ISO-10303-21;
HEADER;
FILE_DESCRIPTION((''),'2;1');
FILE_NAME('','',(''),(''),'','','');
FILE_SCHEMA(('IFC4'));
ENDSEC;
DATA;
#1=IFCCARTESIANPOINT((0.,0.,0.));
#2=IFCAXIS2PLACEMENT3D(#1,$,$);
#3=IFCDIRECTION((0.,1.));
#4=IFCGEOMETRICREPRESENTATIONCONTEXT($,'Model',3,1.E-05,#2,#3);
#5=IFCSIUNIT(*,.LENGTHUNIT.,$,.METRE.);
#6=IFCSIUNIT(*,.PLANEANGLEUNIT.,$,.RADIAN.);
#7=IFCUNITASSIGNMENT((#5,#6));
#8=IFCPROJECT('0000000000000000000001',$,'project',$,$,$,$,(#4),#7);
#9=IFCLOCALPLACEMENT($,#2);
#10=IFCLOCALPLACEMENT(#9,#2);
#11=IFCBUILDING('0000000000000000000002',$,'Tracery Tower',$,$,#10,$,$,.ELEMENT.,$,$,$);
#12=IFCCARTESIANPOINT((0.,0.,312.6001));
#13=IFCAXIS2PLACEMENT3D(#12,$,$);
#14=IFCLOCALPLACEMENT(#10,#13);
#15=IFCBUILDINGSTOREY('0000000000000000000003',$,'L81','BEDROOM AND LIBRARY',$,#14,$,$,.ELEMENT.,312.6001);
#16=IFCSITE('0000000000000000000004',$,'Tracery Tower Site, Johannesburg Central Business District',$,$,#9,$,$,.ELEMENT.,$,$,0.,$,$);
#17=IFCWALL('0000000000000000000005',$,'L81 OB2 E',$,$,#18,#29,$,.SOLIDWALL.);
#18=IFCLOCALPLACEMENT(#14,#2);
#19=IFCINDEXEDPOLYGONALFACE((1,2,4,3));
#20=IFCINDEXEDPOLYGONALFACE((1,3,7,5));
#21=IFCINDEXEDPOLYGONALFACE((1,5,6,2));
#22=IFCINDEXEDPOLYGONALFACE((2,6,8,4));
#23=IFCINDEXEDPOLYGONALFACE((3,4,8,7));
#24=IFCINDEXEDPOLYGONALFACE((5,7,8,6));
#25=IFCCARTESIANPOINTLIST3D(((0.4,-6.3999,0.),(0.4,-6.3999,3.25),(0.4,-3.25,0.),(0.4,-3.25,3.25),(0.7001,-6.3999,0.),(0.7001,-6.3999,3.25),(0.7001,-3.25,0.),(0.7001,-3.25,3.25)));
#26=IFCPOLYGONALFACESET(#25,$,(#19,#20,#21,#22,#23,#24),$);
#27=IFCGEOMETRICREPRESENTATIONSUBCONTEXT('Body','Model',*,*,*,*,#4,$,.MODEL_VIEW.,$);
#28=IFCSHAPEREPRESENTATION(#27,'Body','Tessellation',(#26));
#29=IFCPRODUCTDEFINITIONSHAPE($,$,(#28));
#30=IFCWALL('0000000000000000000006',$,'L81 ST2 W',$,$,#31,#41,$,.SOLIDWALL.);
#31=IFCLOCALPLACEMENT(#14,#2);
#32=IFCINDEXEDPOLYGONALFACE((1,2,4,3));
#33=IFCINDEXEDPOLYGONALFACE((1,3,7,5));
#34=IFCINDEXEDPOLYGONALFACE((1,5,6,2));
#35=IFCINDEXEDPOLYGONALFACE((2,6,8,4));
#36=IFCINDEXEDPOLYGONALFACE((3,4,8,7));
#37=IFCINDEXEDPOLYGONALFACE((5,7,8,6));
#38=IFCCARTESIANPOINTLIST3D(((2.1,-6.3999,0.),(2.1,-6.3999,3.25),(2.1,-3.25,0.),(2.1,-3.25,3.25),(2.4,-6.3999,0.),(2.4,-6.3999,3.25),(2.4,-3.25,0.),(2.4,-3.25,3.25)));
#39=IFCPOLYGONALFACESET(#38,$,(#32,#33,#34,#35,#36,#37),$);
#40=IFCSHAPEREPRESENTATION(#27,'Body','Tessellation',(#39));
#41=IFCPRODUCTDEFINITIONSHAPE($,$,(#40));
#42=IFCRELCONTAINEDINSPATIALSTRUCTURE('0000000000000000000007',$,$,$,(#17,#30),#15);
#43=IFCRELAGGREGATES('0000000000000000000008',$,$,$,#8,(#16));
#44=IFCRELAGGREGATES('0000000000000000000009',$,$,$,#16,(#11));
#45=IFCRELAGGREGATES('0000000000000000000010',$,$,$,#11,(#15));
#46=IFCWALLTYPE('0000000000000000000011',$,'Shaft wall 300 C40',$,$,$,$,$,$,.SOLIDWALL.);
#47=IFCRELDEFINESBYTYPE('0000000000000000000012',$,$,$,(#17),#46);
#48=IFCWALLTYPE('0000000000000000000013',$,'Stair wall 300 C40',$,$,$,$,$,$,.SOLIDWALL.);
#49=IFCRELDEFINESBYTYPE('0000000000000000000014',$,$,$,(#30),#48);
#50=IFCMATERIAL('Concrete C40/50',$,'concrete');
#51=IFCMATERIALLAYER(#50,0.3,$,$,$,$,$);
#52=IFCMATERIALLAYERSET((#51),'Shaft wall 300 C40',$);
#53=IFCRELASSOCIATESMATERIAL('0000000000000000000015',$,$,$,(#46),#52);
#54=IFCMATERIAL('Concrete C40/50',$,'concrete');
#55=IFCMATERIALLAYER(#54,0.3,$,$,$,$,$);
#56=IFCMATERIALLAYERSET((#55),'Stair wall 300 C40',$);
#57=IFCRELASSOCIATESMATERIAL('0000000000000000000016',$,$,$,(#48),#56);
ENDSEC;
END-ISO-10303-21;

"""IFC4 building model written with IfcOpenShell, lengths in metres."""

from ifc_helpers import new_model, si_unit, direction, frame, frame_2d, origin, place, context, subcontext, project, spatial, rectangle, extrude, material, layer, layer_set, type_object, element, save


model = new_model("IFC4")

# Units and contexts
model_context = context("Model", 3, precision=1e-05, world=origin(), true_north=direction((0.0, 1.0)))
body_context = subcontext(model_context, "Body", "Model", "MODEL_VIEW")
ifc_project = project(units=[si_unit("LENGTHUNIT", "METRE"), si_unit("PLANEANGLEUNIT", "RADIAN")], contexts=[model_context])

# Site, building, storey
site_placement = place(None, origin())
site = spatial("IfcSite", under=ifc_project, at=site_placement, Name="Tracery Tower Site, Johannesburg Central Business District", CompositionType="ELEMENT", RefElevation=0.0)
building_placement = place(site_placement, origin())
building = spatial("IfcBuilding", under=site, at=building_placement, Name="Tracery Tower", CompositionType="ELEMENT")
storey_placement = place(building_placement, frame((0.0, 0.0, 312.6001)))
storey = spatial("IfcBuildingStorey", under=building, at=storey_placement, Name="L81", Description="BEDROOM AND LIBRARY", CompositionType="ELEMENT", Elevation=312.6001)

# Walls
ifc_material_1 = material(Name="Concrete C40/50", Category="concrete")
ifc_layer_1 = layer(ifc_material_1, 0.3)
ifc_layer_set_1 = layer_set([ifc_layer_1], Name="Shaft wall 300 C40")
wall_type_1 = type_object("IfcWallType", Name="Shaft wall 300 C40", PredefinedType="SOLIDWALL", material=ifc_layer_set_1)
wall_1_placement = place(storey_placement, frame((0.55, -6.3999, 0.0), z_axis=(0.0, 0.0, 1.0), x_axis=(0.0, 1.0, 0.0)))
element("IfcWall", 1, at=wall_1_placement, inside=storey, type_object=wall_type_1, Name="L81 OB2 E", PredefinedType="SOLIDWALL", context=body_context, shape_type="SweptSolid", body=[
    extrude(rectangle(XDim=3.1499, YDim=0.3, at=frame_2d((1.575, 0.0))), origin(), (0.0, 0.0, 1.0), 3.25),
])
ifc_material_2 = material(Name="Concrete C40/50", Category="concrete")
ifc_layer_2 = layer(ifc_material_2, 0.3)
ifc_layer_set_2 = layer_set([ifc_layer_2], Name="Stair wall 300 C40")
wall_type_2 = type_object("IfcWallType", Name="Stair wall 300 C40", PredefinedType="SOLIDWALL", material=ifc_layer_set_2)
wall_2_placement = place(storey_placement, frame((2.25, -6.3999, 0.0), z_axis=(0.0, 0.0, 1.0), x_axis=(0.0, 1.0, 0.0)))
element("IfcWall", 2, at=wall_2_placement, inside=storey, type_object=wall_type_2, Name="L81 ST2 W", PredefinedType="SOLIDWALL", context=body_context, shape_type="SweptSolid", body=[
    extrude(rectangle(XDim=3.1499, YDim=0.3, at=frame_2d((1.575, 0.0))), origin(), (0.0, 0.0, 1.0), 3.25),
])

save(model, "model.ifc")
